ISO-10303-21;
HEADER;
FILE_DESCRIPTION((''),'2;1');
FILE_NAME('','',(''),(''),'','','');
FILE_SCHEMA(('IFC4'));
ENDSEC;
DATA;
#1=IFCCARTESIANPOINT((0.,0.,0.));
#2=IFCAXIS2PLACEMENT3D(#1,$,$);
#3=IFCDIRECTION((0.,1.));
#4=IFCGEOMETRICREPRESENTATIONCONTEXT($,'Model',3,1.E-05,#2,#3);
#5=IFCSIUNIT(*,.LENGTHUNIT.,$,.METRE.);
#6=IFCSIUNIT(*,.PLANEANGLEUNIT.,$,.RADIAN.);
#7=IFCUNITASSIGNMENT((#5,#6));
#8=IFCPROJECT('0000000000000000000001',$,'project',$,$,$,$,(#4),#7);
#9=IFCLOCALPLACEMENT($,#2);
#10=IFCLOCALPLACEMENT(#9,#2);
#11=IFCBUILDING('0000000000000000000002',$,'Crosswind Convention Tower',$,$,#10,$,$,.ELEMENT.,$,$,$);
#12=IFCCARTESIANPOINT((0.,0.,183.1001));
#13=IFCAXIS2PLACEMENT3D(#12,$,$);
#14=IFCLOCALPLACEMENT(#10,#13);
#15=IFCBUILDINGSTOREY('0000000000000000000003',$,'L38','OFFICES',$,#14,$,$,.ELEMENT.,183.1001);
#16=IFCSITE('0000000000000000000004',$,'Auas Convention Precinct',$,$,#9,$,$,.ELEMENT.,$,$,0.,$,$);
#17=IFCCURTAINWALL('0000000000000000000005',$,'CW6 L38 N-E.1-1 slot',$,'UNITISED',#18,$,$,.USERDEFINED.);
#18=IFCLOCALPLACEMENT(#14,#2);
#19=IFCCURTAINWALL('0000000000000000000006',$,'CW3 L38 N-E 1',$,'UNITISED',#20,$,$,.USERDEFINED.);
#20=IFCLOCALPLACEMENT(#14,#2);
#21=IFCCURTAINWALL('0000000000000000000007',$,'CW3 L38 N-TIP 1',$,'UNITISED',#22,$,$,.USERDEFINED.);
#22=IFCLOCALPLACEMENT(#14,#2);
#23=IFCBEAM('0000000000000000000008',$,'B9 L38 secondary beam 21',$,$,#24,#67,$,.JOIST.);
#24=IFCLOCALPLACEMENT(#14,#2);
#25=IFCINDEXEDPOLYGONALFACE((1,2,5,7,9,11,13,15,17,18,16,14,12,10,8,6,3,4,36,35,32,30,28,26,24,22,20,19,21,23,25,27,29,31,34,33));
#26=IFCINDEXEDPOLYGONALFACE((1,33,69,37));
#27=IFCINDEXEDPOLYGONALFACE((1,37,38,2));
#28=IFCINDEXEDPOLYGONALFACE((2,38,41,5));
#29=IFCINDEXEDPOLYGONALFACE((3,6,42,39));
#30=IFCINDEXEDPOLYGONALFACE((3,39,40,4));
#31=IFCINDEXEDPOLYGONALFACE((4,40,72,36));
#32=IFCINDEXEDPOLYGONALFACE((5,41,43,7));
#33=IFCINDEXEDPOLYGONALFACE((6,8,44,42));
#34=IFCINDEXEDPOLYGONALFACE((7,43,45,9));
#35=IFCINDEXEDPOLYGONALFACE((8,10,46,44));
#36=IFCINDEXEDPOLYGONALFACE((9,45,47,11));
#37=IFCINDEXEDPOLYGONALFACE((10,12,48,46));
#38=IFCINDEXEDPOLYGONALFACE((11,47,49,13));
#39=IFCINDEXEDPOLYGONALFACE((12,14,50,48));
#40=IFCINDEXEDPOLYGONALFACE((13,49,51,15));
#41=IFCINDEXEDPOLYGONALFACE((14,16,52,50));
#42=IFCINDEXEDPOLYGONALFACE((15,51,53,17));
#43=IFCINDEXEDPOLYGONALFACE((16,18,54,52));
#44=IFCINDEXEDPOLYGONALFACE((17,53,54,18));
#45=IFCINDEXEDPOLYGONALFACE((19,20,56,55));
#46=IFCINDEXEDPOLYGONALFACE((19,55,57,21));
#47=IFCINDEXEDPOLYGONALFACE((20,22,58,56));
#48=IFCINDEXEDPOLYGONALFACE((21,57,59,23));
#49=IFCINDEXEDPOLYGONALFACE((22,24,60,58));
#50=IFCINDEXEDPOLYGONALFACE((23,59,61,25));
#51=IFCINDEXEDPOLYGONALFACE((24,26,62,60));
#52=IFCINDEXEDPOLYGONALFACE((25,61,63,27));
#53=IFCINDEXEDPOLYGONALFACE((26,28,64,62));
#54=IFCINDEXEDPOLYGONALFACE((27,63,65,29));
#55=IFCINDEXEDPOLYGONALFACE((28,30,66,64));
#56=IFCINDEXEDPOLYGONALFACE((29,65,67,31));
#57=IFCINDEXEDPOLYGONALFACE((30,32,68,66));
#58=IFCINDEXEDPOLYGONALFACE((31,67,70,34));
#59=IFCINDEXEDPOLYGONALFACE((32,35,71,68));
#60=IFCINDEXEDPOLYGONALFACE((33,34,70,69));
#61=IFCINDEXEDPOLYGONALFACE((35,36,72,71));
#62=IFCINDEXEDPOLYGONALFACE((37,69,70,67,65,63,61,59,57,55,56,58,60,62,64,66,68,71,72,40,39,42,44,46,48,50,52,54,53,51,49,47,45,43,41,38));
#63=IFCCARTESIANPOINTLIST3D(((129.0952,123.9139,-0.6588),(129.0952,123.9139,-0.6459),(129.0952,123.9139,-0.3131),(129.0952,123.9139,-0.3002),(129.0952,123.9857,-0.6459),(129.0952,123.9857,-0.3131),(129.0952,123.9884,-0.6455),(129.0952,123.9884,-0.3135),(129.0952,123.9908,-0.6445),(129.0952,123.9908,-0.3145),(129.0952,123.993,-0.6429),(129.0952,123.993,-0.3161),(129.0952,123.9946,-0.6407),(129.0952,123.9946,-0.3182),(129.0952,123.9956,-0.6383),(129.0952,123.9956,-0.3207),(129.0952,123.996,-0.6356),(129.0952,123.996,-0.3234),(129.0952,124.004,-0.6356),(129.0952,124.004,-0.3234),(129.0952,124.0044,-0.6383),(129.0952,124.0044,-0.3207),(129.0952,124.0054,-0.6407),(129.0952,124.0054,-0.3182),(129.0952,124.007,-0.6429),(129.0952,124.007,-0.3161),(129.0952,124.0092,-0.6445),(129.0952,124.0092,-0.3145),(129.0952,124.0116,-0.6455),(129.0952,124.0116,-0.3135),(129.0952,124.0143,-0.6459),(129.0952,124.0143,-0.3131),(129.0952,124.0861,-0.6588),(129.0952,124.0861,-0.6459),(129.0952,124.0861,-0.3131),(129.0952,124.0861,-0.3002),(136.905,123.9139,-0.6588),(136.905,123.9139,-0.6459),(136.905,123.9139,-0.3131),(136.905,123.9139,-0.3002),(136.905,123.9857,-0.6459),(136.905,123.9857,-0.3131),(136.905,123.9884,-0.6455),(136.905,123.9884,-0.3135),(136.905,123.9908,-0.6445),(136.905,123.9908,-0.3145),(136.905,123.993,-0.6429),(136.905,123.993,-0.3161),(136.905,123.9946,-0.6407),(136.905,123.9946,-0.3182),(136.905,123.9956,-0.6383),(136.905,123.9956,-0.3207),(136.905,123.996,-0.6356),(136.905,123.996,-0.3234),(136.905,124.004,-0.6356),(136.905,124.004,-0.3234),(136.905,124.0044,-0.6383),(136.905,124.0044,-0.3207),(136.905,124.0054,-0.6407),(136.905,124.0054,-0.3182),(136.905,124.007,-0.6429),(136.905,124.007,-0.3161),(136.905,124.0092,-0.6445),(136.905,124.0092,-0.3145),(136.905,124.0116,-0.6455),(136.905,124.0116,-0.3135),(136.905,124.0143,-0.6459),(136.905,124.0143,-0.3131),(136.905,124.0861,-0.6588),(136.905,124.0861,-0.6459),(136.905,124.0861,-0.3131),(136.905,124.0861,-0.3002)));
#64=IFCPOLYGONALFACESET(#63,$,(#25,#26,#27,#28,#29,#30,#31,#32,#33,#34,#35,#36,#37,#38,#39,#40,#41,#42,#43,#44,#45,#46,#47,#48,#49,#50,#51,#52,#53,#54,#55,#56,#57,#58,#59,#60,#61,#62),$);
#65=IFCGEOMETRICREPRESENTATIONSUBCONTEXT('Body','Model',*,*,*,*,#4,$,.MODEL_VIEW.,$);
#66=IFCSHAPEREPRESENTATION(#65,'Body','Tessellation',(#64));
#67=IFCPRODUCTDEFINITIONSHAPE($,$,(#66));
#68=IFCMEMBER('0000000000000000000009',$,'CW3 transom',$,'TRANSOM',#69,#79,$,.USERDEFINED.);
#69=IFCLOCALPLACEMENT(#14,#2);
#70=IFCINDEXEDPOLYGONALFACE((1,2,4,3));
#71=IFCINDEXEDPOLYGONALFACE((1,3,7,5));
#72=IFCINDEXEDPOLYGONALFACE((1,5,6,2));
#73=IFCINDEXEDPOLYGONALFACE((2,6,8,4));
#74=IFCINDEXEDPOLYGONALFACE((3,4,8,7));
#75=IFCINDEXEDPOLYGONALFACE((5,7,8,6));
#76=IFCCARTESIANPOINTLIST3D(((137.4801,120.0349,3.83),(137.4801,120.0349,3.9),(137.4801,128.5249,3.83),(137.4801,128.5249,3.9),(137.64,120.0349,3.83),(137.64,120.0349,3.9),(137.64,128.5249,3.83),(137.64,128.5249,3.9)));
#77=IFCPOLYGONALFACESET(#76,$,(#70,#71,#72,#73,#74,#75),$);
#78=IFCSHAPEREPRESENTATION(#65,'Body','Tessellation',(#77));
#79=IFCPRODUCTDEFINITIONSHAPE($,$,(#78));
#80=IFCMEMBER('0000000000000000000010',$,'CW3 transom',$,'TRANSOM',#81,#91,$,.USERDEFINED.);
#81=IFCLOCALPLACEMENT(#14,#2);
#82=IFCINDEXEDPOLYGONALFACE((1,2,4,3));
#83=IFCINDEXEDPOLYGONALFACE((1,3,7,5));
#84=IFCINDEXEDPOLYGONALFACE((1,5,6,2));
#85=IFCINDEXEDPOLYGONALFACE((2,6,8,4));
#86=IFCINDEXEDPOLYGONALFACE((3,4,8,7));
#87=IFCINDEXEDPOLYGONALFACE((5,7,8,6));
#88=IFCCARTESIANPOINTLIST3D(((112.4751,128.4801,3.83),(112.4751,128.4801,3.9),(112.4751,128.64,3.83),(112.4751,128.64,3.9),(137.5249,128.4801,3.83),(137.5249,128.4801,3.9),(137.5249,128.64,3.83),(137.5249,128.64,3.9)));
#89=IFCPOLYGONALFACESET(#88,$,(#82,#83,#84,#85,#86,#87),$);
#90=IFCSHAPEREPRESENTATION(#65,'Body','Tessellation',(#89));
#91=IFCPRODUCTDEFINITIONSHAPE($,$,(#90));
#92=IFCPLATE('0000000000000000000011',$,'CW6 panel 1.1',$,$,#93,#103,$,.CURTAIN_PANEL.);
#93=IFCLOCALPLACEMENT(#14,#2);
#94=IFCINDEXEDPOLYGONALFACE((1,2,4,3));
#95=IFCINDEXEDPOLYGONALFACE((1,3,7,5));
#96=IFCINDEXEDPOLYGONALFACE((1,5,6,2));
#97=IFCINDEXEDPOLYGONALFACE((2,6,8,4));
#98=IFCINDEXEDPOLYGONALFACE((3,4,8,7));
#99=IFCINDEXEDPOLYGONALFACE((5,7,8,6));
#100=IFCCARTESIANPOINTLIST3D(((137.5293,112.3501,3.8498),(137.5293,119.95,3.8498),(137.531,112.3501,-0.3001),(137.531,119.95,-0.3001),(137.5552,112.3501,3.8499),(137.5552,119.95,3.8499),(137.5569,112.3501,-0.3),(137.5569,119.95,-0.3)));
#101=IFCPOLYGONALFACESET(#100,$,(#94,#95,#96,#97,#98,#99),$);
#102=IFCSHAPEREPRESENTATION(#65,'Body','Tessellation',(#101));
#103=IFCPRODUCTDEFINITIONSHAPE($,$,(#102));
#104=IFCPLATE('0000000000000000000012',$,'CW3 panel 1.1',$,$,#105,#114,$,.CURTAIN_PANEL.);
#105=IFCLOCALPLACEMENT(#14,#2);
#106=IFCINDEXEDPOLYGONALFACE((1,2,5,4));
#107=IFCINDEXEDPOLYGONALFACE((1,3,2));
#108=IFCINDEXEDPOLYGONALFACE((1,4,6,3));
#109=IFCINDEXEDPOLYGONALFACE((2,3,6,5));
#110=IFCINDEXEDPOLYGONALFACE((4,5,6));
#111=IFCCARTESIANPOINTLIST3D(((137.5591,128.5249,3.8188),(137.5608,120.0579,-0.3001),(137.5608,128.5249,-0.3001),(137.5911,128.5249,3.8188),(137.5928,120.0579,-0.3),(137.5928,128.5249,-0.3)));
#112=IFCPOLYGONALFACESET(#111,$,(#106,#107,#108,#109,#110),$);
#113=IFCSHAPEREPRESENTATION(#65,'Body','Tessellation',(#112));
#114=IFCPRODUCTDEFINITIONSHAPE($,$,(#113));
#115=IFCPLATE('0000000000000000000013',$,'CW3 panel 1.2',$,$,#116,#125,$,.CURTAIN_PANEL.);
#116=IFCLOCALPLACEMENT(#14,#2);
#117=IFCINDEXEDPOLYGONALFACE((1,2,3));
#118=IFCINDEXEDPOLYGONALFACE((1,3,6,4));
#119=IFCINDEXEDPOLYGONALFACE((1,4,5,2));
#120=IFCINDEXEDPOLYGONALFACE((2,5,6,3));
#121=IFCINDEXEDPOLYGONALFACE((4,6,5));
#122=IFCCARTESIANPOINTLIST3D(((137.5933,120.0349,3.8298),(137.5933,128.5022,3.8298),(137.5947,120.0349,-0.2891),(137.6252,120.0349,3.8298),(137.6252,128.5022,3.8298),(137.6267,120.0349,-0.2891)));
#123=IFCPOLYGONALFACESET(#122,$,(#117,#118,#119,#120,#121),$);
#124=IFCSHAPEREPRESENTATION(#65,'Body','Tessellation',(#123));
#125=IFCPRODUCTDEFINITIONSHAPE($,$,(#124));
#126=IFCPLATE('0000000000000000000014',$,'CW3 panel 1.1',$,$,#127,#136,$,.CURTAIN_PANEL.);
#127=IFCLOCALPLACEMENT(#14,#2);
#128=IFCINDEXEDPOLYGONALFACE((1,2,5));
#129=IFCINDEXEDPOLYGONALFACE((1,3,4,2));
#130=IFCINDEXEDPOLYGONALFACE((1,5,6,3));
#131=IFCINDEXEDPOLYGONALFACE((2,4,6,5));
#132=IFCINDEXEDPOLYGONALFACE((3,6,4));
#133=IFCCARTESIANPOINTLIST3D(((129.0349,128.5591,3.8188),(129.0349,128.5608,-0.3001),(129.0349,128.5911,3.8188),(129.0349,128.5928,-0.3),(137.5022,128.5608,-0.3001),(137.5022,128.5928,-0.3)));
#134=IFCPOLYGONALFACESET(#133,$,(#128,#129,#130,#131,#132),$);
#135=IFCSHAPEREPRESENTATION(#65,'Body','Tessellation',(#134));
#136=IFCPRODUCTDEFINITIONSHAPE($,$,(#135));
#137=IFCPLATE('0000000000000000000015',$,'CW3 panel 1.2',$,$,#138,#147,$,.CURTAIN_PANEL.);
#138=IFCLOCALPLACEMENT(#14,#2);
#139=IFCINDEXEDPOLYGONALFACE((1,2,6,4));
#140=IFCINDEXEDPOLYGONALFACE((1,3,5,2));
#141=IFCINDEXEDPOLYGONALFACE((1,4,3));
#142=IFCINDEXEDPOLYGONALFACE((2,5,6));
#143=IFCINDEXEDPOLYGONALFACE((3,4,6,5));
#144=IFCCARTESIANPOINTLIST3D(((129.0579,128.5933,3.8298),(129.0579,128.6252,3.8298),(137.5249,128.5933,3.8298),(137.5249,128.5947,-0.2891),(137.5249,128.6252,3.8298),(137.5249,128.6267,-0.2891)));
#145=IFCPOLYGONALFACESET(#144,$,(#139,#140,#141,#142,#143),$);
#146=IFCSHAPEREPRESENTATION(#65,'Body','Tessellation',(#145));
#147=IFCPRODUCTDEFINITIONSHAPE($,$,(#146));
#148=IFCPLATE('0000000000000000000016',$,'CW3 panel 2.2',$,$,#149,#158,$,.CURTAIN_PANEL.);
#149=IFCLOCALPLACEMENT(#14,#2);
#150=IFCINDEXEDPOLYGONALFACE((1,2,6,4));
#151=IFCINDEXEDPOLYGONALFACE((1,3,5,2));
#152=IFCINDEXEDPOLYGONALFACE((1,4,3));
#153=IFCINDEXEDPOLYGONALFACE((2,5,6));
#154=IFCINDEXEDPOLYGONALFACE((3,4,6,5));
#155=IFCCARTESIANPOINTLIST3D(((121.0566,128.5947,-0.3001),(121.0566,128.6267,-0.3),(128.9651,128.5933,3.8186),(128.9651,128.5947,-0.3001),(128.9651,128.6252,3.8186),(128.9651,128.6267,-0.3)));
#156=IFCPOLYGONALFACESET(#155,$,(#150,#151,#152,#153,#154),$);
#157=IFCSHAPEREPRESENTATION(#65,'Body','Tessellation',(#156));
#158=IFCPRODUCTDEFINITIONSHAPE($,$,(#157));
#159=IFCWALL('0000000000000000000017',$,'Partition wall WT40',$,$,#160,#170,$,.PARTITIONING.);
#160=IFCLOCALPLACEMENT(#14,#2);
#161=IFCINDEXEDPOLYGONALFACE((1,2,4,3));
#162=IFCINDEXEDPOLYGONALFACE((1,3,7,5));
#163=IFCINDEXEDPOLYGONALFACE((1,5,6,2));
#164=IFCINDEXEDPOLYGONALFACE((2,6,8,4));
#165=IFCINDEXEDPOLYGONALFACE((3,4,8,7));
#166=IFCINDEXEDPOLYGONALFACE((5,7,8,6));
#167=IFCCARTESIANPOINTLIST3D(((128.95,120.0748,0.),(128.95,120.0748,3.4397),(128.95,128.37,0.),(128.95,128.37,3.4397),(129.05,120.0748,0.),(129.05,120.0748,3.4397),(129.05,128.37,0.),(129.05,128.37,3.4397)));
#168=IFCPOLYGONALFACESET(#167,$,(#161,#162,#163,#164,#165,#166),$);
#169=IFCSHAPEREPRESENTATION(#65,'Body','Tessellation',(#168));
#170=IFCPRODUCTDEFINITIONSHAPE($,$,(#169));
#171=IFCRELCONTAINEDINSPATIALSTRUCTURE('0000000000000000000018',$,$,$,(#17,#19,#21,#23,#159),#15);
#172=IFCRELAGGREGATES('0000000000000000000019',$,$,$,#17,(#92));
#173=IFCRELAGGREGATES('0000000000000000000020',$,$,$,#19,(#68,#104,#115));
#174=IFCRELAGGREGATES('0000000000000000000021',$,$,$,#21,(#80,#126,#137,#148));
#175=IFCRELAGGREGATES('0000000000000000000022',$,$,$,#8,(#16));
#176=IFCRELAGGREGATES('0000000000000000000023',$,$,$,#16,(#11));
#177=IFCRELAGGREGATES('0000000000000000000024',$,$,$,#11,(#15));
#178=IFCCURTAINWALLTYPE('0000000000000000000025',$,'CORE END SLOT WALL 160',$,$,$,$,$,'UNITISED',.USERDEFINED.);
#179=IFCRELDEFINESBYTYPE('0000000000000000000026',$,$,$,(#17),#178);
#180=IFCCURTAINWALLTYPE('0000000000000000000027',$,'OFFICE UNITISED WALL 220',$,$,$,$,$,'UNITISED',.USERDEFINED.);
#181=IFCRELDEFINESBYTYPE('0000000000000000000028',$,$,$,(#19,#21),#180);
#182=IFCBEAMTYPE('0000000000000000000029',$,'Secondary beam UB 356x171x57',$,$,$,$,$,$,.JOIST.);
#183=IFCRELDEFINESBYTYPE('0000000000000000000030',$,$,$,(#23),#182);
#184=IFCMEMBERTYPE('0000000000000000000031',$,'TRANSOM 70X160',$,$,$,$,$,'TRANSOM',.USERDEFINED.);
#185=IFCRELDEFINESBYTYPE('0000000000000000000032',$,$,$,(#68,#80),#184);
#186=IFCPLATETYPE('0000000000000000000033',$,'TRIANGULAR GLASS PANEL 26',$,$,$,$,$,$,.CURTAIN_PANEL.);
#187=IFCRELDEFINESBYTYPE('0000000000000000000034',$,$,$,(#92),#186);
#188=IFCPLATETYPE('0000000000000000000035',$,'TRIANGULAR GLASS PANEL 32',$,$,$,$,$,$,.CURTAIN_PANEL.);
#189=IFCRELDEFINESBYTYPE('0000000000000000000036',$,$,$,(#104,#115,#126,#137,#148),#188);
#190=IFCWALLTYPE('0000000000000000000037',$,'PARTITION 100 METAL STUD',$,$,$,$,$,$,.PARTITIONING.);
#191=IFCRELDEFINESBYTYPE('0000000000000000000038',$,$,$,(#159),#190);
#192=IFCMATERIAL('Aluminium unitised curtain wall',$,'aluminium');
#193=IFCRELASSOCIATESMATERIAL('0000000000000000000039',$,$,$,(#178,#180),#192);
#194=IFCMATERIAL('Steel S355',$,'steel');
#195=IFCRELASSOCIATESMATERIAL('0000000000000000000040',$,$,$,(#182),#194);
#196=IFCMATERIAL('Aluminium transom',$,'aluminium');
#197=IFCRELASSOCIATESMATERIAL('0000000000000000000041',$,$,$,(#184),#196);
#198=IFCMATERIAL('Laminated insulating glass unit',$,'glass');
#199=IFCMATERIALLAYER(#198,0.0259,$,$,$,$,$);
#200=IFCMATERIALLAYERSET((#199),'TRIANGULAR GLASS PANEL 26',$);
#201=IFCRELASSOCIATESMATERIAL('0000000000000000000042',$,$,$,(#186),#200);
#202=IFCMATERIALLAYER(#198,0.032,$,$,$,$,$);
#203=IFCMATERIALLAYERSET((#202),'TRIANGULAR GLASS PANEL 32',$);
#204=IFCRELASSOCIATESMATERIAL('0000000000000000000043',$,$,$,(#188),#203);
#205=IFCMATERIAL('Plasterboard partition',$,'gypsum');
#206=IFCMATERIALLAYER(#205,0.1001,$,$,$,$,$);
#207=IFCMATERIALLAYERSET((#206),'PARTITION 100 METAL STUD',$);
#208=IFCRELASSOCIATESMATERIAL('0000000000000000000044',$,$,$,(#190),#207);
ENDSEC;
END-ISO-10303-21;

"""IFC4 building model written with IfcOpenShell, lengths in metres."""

from ifc_helpers import new_model, si_unit, direction, frame, frame_2d, origin, origin_2d, place, context, subcontext, project, spatial, polyline, rectangle, i_section, outline, extrude, material, layer, layer_set, material_profile, profile_set, type_object, element, aggregate, save


model = new_model("IFC4")

# Units and contexts
model_context = context("Model", 3, precision=1e-05, world=origin(), true_north=direction((0.0, 1.0)))
body_context = subcontext(model_context, "Body", "Model", "MODEL_VIEW")
ifc_project = project(units=[si_unit("LENGTHUNIT", "METRE"), si_unit("PLANEANGLEUNIT", "RADIAN")], contexts=[model_context])

# Site, building, storey
site_placement = place(None, origin())
site = spatial("IfcSite", under=ifc_project, at=site_placement, Name="Auas Convention Precinct", CompositionType="ELEMENT", RefElevation=0.0)
building_placement = place(site_placement, origin())
building = spatial("IfcBuilding", under=site, at=building_placement, Name="Crosswind Convention Tower", CompositionType="ELEMENT")
storey_placement = place(building_placement, frame((0.0, 0.0, 183.1001)))
storey = spatial("IfcBuildingStorey", under=building, at=storey_placement, Name="L38", Description="OFFICES", CompositionType="ELEMENT", Elevation=183.1001)

# Shared definitions
ifc_material_1 = material(Name="Steel S355", Category="steel")

# Curtain wall
ifc_material_2 = material(Name="Aluminium unitised curtain wall", Category="aluminium")
curtain_wall_type_1 = type_object("IfcCurtainWallType", Name="CORE END SLOT WALL 160", ElementType="UNITISED", PredefinedType="USERDEFINED", material=ifc_material_2)
curtain_wall_1_placement = place(storey_placement, origin())
curtain_wall_1 = element("IfcCurtainWall", 1, at=curtain_wall_1_placement, inside=storey, type_object=curtain_wall_type_1, Name="CW6 L38 N-E.1-1 slot", ObjectType="UNITISED", PredefinedType="USERDEFINED")

# Curtain wall
curtain_wall_type_2 = type_object("IfcCurtainWallType", Name="OFFICE UNITISED WALL 220", ElementType="UNITISED", PredefinedType="USERDEFINED", material=ifc_material_2)
curtain_wall_2_placement = place(storey_placement, origin())
curtain_wall_2 = element("IfcCurtainWall", 2, at=curtain_wall_2_placement, inside=storey, type_object=curtain_wall_type_2, Name="CW3 L38 N-E 1", ObjectType="UNITISED", PredefinedType="USERDEFINED")

# Curtain wall
curtain_wall_3_placement = place(storey_placement, origin())
curtain_wall_3 = element("IfcCurtainWall", 3, at=curtain_wall_3_placement, inside=storey, type_object=curtain_wall_type_2, Name="CW3 L38 N-TIP 1", ObjectType="UNITISED", PredefinedType="USERDEFINED")

# Beam
ifc_material_profile_1 = material_profile(ifc_material_1, i_section(OverallWidth=0.1721, OverallDepth=0.3586, WebThickness=0.0081, FlangeThickness=0.0129, FilletRadius=0.0103, at=origin_2d()), Name="UB 356x171x57")
ifc_profile_set_1 = profile_set([ifc_material_profile_1], Name="Steel S355")
beam_type_1 = type_object("IfcBeamType", Name="Secondary beam UB 356x171x57", PredefinedType="JOIST", material=ifc_profile_set_1)
for number, where, z_axis, x_axis, name in (
    (4, (129.0952, 124.0, -0.4795), (1.0, 0.0, 0.0), (0.0, 1.0, 0.0), "B9 L38 secondary beam 21"),
):
    element("IfcBeam", number, at=place(storey_placement, frame(where, z_axis=z_axis, x_axis=x_axis)), inside=storey, type_object=beam_type_1, Name=name, PredefinedType="JOIST", context=body_context, shape_type="SweptSolid", body=[
        extrude(i_section(OverallWidth=0.1721, OverallDepth=0.3586, WebThickness=0.0081, FlangeThickness=0.0129, FilletRadius=0.0103, at=origin_2d()), origin(), (0.0, 0.0, 1.0), 7.8098),
    ])

# Members
ifc_material_3 = material(Name="Aluminium transom", Category="aluminium")
ifc_material_profile_2 = material_profile(ifc_material_3, rectangle(XDim=0.1599, YDim=0.0701, at=origin_2d()), Name="AL 160X70")
ifc_profile_set_2 = profile_set([ifc_material_profile_2], Name="Aluminium transom")
member_type_1 = type_object("IfcMemberType", Name="TRANSOM 70X160", ElementType="TRANSOM", PredefinedType="USERDEFINED", material=ifc_profile_set_2)
member_1_placement = place(storey_placement, frame((137.5601, 120.0349, 3.865), z_axis=(0.0, 1.0, 0.0), x_axis=(-1.0, 0.0, 0.0)))
member_1 = element("IfcMember", 5, at=member_1_placement, type_object=member_type_1, Name="CW3 transom", ObjectType="TRANSOM", PredefinedType="USERDEFINED", context=body_context, shape_type="SweptSolid", body=[
    extrude(rectangle(XDim=0.1599, YDim=0.0701, at=origin_2d()), origin(), (0.0, 0.0, 1.0), 8.49),
])
member_2_placement = place(storey_placement, frame((137.5249, 128.5601, 3.865), z_axis=(-1.0, 0.0, 0.0), x_axis=(0.0, -1.0, 0.0)))
member_2 = element("IfcMember", 6, at=member_2_placement, type_object=member_type_1, Name="CW3 transom", ObjectType="TRANSOM", PredefinedType="USERDEFINED", context=body_context, shape_type="SweptSolid", body=[
    extrude(rectangle(XDim=0.1599, YDim=0.0701, at=origin_2d()), origin(), (0.0, 0.0, 1.0), 25.0498),
])

# Plates
ifc_material_4 = material(Name="Laminated insulating glass unit", Category="glass")
ifc_layer_1 = layer(ifc_material_4, 0.0259)
ifc_layer_set_1 = layer_set([ifc_layer_1], Name="TRIANGULAR GLASS PANEL 26")
plate_type_1 = type_object("IfcPlateType", Name="TRIANGULAR GLASS PANEL 26", PredefinedType="CURTAIN_PANEL", material=ifc_layer_set_1)
plate_1_placement = place(storey_placement, frame((137.5569, 112.3501, -0.3), z_axis=(1.0, 0.0, 0.000412), x_axis=(0.0, 1.0, 0.0)))
plate_1 = element("IfcPlate", 7, at=plate_1_placement, type_object=plate_type_1, Name="CW6 panel 1.1", PredefinedType="CURTAIN_PANEL", context=body_context, shape_type="SweptSolid", body=[
    extrude(outline(polyline([(0.0, 0.0), (7.5999, 0.0), (7.5999, 4.1499), (0.0, 4.1499), (0.0, 0.0)])), origin(), (0.0, 0.0, -1.0), 0.0259),
])
aggregate(curtain_wall_1, [plate_1])
ifc_layer_2 = layer(ifc_material_4, 0.032)
ifc_layer_set_2 = layer_set([ifc_layer_2], Name="TRIANGULAR GLASS PANEL 32")
plate_type_2 = type_object("IfcPlateType", Name="TRIANGULAR GLASS PANEL 32", PredefinedType="CURTAIN_PANEL", material=ifc_layer_set_2)
plate_2_placement = place(storey_placement, frame((137.5928, 128.5249, -0.3), z_axis=(1.0, 0.0, 0.000415), x_axis=(-0.000415, 0.0, 1.0)))
plate_2 = element("IfcPlate", 8, at=plate_2_placement, type_object=plate_type_2, Name="CW3 panel 1.1", PredefinedType="CURTAIN_PANEL", context=body_context, shape_type="SweptSolid", body=[
    extrude(outline(polyline([(0.0, 0.0), (4.1189, 0.0), (0.0, 8.467), (0.0, 0.0)])), origin(), (0.0, 0.0, -1.0), 0.032),
])
plate_3_placement = place(storey_placement, frame((137.6252, 120.0349, 3.8298), z_axis=(1.0, 0.0, 0.000356), x_axis=(0.000356, 0.0, -1.0)))
plate_3 = element("IfcPlate", 9, at=plate_3_placement, type_object=plate_type_2, Name="CW3 panel 1.2", PredefinedType="CURTAIN_PANEL", context=body_context, shape_type="SweptSolid", body=[
    extrude(outline(polyline([(0.0, 0.0), (4.1189, 0.0), (0.0, 8.4673), (0.0, 0.0)])), origin(), (0.0, 0.0, -1.0), 0.032),
])
plate_4_placement = place(storey_placement, frame((129.0349, 128.5928, -0.3), z_axis=(0.0, 1.0, 0.000415), x_axis=(0.0, -0.000415, 1.0)))
plate_4 = element("IfcPlate", 10, at=plate_4_placement, type_object=plate_type_2, Name="CW3 panel 1.1", PredefinedType="CURTAIN_PANEL", context=body_context, shape_type="SweptSolid", body=[
    extrude(outline(polyline([(0.0, 0.0), (4.1189, 0.0), (0.0, 8.4673), (0.0, 0.0)])), origin(), (0.0, 0.0, -1.0), 0.032),
])
plate_5_placement = place(storey_placement, frame((137.5249, 128.6252, 3.8298), z_axis=(0.0, 1.0, 0.000356), x_axis=(0.0, 0.000356, -1.0)))
plate_5 = element("IfcPlate", 11, at=plate_5_placement, type_object=plate_type_2, Name="CW3 panel 1.2", PredefinedType="CURTAIN_PANEL", context=body_context, shape_type="SweptSolid", body=[
    extrude(outline(polyline([(0.0, 0.0), (4.1189, 0.0), (0.0, 8.467), (0.0, 0.0)])), origin(), (0.0, 0.0, -1.0), 0.032),
])
plate_6_placement = place(storey_placement, frame((128.9651, 128.6267, -0.3), z_axis=(0.0, 1.0, 0.000356), x_axis=(-1.0, 0.0, 0.0)))
plate_6 = element("IfcPlate", 12, at=plate_6_placement, type_object=plate_type_2, Name="CW3 panel 2.2", PredefinedType="CURTAIN_PANEL", context=body_context, shape_type="SweptSolid", body=[
    extrude(outline(polyline([(0.0, 0.0), (7.9084, 0.0), (0.0, 4.1187), (0.0, 0.0)])), origin(), (0.0, 0.0, -1.0), 0.032),
])

# Wall
ifc_material_5 = material(Name="Plasterboard partition", Category="gypsum")
ifc_layer_3 = layer(ifc_material_5, 0.1001)
ifc_layer_set_3 = layer_set([ifc_layer_3], Name="PARTITION 100 METAL STUD")
wall_type_1 = type_object("IfcWallType", Name="PARTITION 100 METAL STUD", PredefinedType="PARTITIONING", material=ifc_layer_set_3)
wall_1_placement = place(storey_placement, frame((129.0, 120.075, 0.0), z_axis=(0.0, 0.0, 1.0), x_axis=(0.0, 1.0, 0.0)))
element("IfcWall", 13, at=wall_1_placement, inside=storey, type_object=wall_type_1, Name="Partition wall WT40", PredefinedType="PARTITIONING", context=body_context, shape_type="SweptSolid", body=[
    extrude(rectangle(XDim=8.2952, YDim=0.1001, at=frame_2d((4.1475, 0.0))), origin(), (0.0, 0.0, 1.0), 3.4397),
])

aggregate(curtain_wall_2, [member_1, plate_2, plate_3])
aggregate(curtain_wall_3, [member_2, plate_4, plate_5, plate_6])

save(model, "model.ifc")
